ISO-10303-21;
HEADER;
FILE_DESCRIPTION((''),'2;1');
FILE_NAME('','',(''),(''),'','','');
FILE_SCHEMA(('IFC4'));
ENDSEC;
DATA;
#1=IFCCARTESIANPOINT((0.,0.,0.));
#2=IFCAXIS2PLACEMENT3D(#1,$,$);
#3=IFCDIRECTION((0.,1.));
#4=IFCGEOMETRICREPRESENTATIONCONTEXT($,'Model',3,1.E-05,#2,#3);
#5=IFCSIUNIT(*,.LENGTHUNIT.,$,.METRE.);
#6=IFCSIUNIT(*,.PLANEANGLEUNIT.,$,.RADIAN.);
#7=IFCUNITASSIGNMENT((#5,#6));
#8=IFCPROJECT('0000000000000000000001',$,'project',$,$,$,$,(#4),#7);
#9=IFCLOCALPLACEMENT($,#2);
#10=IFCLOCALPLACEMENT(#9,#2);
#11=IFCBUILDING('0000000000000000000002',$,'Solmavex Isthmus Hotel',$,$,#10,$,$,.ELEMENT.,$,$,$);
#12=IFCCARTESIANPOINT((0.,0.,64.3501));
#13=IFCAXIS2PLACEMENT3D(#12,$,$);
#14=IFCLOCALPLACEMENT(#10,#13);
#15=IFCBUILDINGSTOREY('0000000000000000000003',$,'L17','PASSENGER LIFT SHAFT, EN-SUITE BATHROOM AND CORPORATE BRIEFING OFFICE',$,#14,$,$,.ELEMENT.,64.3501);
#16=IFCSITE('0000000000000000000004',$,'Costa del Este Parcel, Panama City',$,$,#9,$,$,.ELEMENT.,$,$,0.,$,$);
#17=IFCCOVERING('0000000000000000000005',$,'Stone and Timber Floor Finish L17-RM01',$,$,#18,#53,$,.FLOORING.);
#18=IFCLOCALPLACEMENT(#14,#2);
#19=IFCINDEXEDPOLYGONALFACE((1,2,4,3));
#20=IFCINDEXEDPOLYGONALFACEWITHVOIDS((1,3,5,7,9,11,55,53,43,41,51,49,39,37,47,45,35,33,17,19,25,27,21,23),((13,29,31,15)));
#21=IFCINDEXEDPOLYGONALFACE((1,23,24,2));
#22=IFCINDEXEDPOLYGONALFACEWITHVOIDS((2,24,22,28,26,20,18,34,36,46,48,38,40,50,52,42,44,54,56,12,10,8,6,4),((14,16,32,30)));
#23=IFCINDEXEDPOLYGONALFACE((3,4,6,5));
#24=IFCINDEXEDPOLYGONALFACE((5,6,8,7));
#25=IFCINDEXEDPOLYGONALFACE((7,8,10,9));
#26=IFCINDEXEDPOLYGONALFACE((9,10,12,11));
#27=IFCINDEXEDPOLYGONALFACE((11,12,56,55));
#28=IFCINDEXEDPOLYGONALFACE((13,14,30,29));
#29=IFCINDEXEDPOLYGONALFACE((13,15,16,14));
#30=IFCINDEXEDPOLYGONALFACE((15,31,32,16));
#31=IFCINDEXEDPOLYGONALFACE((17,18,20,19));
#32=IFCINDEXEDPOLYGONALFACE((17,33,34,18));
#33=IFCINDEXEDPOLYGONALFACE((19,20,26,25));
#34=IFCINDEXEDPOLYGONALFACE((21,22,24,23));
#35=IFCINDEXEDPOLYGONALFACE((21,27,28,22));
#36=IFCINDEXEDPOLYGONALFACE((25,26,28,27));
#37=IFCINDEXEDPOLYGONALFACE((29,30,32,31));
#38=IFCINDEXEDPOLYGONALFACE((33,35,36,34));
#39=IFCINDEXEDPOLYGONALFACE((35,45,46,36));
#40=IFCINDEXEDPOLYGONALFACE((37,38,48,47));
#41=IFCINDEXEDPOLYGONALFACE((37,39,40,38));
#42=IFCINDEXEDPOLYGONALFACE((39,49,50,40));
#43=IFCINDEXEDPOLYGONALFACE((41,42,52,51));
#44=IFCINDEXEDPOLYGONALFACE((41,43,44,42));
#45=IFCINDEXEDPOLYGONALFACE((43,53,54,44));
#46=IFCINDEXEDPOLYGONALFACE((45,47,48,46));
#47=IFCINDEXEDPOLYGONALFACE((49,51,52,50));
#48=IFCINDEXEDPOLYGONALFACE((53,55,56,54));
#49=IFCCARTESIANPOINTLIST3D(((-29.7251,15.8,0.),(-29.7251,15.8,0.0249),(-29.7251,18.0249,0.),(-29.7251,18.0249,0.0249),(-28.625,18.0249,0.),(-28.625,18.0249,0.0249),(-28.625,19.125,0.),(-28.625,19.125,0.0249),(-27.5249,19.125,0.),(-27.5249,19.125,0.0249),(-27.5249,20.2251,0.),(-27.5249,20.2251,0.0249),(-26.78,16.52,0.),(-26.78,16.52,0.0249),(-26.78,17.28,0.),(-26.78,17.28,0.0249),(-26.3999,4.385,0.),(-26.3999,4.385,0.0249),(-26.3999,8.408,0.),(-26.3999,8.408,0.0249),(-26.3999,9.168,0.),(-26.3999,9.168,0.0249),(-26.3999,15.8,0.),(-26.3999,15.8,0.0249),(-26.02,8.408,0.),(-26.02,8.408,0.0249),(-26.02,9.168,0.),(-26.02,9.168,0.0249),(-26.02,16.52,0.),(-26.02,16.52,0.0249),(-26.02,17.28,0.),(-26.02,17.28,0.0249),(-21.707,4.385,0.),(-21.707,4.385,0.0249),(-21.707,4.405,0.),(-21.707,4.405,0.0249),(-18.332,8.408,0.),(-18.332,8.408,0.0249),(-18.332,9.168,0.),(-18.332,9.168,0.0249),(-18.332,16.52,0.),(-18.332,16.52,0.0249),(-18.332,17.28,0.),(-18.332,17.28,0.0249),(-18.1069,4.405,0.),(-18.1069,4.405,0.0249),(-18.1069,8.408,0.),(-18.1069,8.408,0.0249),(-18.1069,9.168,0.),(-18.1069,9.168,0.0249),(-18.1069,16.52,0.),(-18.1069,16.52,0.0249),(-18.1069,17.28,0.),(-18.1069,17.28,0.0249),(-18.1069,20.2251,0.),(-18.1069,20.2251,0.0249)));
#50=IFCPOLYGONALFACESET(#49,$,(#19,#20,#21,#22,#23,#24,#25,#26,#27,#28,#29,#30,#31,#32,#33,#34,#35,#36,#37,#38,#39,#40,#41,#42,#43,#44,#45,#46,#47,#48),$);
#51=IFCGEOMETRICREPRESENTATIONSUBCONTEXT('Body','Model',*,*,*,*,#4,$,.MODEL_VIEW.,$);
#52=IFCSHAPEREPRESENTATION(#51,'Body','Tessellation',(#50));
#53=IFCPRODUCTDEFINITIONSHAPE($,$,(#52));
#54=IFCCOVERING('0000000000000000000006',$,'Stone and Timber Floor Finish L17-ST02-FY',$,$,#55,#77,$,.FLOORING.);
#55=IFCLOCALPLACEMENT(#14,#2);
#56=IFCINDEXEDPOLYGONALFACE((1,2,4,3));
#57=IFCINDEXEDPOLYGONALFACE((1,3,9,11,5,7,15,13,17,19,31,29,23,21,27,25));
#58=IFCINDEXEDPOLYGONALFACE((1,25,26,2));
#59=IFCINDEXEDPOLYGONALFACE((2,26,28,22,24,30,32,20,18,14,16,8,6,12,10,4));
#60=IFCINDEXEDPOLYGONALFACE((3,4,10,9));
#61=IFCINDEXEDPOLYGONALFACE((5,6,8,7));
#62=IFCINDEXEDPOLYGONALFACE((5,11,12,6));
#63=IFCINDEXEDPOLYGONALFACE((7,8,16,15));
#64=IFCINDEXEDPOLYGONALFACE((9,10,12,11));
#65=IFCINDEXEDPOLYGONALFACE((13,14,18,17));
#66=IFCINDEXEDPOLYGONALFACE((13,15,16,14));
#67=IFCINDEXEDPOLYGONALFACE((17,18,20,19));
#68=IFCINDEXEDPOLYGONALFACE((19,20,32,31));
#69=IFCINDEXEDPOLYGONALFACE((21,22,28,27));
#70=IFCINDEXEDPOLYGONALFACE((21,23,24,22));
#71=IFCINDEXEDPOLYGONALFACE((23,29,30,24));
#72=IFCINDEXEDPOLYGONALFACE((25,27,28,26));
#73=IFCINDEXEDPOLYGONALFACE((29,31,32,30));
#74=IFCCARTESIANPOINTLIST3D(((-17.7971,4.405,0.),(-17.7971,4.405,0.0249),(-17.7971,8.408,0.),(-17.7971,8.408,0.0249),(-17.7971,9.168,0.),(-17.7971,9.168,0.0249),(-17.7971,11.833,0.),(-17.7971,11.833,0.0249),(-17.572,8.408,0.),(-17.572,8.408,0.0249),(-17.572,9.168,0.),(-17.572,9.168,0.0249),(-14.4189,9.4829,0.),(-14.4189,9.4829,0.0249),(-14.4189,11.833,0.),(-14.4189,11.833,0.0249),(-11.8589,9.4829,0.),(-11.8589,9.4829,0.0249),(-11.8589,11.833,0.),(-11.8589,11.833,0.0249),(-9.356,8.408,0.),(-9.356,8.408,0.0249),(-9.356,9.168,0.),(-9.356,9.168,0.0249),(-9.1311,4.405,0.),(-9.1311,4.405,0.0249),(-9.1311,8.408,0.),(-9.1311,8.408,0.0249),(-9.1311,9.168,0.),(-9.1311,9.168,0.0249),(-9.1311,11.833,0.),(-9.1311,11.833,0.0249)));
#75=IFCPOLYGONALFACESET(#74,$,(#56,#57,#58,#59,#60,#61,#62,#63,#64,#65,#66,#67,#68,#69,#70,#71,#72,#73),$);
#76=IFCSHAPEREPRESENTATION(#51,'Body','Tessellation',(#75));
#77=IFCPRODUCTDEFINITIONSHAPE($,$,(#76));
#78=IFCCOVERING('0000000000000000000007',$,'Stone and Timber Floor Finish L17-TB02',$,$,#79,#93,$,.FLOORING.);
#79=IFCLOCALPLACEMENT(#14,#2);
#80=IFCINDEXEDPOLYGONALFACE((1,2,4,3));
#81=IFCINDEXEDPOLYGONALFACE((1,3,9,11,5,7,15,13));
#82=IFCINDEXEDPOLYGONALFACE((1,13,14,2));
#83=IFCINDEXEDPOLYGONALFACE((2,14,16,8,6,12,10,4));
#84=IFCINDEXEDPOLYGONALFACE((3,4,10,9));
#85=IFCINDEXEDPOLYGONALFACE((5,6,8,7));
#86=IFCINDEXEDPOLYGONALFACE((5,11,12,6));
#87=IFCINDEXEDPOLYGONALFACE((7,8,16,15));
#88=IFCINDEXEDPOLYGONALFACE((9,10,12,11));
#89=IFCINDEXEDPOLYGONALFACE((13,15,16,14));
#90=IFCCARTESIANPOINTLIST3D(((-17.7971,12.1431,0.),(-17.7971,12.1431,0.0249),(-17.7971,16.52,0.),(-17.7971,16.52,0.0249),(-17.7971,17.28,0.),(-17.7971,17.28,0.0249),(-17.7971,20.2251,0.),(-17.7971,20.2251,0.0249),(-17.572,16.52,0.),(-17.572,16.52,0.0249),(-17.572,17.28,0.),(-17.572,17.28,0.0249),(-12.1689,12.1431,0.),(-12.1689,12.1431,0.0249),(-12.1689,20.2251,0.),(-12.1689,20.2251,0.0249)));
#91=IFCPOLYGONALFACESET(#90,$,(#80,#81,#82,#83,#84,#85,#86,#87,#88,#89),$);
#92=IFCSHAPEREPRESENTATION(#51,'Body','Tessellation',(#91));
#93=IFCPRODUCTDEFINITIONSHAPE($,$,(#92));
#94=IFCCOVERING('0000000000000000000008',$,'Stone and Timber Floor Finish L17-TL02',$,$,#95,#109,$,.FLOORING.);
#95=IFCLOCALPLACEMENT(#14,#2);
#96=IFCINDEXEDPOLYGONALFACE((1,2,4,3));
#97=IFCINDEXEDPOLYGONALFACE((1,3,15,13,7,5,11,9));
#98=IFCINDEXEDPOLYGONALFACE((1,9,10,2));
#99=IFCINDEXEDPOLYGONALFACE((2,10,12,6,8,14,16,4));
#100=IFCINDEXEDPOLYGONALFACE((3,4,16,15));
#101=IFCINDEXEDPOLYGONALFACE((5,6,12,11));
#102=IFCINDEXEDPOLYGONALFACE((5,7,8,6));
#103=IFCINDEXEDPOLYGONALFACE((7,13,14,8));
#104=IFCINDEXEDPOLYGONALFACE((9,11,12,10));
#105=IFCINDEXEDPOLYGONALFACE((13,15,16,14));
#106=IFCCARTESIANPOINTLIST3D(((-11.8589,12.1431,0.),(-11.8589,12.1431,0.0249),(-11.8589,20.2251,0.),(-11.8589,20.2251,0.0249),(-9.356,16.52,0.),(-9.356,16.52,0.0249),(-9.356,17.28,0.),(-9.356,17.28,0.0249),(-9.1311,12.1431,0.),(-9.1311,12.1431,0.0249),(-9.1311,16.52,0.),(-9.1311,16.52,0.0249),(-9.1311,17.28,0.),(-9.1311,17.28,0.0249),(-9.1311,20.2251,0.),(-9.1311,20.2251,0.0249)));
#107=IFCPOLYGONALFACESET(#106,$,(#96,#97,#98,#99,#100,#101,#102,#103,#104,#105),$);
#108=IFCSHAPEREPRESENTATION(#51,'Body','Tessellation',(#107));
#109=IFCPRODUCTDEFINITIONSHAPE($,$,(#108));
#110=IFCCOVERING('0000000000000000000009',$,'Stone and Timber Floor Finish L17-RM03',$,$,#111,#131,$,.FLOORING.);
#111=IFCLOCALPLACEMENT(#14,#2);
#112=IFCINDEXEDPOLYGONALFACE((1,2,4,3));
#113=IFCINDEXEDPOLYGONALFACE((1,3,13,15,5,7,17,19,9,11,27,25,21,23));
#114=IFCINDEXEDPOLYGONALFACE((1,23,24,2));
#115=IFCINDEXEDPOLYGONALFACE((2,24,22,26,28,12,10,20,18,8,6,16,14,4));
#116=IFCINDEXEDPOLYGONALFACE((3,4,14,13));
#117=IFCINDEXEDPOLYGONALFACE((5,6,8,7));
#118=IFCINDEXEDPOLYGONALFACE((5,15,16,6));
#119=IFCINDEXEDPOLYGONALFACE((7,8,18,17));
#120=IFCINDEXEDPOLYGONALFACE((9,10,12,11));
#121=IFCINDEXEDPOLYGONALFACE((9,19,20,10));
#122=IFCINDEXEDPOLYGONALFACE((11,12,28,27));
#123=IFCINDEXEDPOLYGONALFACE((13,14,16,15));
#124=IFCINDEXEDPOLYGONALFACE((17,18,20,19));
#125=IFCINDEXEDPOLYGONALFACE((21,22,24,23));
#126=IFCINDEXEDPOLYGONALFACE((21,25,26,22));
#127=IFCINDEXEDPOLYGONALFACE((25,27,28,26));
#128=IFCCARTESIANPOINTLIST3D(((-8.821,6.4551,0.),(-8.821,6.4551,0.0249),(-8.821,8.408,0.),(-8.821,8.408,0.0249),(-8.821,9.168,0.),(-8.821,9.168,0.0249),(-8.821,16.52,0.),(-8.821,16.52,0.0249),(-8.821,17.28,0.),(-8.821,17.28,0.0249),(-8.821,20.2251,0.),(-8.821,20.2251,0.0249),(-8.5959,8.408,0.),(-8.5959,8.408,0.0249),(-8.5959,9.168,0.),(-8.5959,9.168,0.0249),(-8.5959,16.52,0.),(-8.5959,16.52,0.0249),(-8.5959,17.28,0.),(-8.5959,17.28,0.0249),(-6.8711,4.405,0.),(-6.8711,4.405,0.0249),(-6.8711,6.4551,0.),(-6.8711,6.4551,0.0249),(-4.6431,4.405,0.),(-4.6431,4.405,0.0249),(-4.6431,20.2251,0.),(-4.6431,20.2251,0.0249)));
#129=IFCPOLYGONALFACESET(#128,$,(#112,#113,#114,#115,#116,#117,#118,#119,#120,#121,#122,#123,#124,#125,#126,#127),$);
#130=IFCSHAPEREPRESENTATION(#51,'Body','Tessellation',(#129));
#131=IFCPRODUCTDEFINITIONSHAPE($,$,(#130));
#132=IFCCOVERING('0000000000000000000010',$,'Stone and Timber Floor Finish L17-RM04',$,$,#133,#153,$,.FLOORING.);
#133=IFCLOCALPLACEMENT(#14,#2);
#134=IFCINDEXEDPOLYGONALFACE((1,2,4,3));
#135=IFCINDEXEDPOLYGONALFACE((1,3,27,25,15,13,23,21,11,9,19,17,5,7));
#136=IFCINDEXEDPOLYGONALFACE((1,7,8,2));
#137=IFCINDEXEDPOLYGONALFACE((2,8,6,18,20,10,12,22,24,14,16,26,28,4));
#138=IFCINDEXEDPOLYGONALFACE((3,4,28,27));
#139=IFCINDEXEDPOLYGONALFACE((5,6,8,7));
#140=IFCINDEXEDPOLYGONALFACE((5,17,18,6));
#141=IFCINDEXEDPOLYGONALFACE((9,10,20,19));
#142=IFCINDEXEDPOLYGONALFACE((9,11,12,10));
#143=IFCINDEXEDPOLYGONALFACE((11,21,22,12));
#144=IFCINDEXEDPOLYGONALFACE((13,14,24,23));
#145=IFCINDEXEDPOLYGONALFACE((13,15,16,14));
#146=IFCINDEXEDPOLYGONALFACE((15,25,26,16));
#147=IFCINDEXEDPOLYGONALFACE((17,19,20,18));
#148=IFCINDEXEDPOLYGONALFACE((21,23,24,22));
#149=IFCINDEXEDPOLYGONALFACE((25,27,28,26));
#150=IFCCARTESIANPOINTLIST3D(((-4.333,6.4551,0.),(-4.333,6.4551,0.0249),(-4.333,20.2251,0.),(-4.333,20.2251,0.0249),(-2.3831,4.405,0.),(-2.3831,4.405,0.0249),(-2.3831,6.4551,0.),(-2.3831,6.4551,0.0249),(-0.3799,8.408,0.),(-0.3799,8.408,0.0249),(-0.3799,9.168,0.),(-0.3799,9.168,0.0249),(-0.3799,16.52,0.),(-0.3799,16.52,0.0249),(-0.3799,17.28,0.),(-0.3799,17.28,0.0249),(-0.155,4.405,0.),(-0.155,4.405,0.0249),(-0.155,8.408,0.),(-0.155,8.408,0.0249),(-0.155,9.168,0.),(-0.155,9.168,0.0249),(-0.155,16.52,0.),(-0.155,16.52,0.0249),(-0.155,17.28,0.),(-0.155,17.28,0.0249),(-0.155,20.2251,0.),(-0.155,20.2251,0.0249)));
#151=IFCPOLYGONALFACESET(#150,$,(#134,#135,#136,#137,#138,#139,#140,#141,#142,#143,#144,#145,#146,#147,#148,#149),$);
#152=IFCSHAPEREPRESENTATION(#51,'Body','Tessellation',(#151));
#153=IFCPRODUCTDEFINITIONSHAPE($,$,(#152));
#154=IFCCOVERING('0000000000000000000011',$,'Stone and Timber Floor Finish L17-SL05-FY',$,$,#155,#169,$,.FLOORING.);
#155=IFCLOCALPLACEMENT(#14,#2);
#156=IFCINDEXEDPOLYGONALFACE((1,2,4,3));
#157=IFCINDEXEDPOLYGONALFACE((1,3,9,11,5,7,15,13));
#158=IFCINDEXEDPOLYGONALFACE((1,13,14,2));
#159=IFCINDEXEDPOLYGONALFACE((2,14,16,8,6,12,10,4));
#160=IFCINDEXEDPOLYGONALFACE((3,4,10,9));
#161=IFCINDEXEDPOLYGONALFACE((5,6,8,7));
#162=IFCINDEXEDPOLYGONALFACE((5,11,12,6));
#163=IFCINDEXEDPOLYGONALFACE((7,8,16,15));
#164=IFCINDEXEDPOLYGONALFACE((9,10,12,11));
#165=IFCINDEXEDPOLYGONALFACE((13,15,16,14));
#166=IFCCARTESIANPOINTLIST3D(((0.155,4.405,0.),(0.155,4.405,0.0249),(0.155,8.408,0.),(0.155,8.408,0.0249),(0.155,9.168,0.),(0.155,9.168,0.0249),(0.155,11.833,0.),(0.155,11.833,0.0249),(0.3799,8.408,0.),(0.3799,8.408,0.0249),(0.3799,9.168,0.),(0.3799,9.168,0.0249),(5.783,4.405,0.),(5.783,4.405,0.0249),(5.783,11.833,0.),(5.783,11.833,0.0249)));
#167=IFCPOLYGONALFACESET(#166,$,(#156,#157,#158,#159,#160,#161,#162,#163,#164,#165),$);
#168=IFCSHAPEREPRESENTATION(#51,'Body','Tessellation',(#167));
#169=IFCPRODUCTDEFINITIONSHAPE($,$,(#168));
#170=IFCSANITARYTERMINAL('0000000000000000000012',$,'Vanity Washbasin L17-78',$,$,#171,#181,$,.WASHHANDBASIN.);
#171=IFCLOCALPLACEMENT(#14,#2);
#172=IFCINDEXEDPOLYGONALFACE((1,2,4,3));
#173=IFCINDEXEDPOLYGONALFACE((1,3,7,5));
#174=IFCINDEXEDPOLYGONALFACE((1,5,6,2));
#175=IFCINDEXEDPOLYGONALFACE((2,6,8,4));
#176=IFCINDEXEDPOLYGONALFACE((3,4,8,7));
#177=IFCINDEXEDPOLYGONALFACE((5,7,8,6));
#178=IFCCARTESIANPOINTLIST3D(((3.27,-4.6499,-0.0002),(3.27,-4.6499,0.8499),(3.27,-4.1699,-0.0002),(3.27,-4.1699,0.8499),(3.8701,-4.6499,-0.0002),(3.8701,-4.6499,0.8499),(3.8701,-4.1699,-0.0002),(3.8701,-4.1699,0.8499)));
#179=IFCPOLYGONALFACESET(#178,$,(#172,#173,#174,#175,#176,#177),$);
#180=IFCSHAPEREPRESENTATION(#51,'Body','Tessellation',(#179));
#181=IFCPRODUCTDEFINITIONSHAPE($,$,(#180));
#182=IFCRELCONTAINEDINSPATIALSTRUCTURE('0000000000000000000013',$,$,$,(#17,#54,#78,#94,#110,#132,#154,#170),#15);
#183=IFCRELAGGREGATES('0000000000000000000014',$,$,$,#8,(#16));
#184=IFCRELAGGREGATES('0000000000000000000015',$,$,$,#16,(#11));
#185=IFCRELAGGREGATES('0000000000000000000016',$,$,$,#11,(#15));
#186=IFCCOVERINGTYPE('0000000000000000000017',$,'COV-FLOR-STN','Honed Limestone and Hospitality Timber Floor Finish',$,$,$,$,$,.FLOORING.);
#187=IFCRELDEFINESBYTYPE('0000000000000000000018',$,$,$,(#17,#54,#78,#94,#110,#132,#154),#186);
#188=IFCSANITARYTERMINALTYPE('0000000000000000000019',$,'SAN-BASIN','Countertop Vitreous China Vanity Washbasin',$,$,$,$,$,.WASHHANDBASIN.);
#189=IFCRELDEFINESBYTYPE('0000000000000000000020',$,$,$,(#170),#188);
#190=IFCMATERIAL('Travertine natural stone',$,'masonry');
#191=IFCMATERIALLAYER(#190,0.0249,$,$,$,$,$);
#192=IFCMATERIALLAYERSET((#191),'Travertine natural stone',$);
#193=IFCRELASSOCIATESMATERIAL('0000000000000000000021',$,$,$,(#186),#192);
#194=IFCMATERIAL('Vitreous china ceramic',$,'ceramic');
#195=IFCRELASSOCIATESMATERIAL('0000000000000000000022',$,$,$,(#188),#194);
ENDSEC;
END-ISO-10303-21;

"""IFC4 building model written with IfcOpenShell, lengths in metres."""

from ifc_helpers import new_model, si_unit, direction, frame, origin, origin_2d, place, context, subcontext, project, spatial, polyline, rectangle, outline, extrude, material, layer, layer_set, type_object, element, save


model = new_model("IFC4")

# Units and contexts
model_context = context("Model", 3, precision=1e-05, world=origin(), true_north=direction((0.0, 1.0)))
body_context = subcontext(model_context, "Body", "Model", "MODEL_VIEW")
ifc_project = project(units=[si_unit("LENGTHUNIT", "METRE"), si_unit("PLANEANGLEUNIT", "RADIAN")], contexts=[model_context])

# Site, building, storey
site_placement = place(None, origin())
site = spatial("IfcSite", under=ifc_project, at=site_placement, Name="Costa del Este Parcel, Panama City", CompositionType="ELEMENT", RefElevation=0.0)
building_placement = place(site_placement, origin())
building = spatial("IfcBuilding", under=site, at=building_placement, Name="Solmavex Isthmus Hotel", CompositionType="ELEMENT")
storey_placement = place(building_placement, frame((0.0, 0.0, 64.3501)))
storey = spatial("IfcBuildingStorey", under=building, at=storey_placement, Name="L17", Description="PASSENGER LIFT SHAFT, EN-SUITE BATHROOM AND CORPORATE BRIEFING OFFICE", CompositionType="ELEMENT", Elevation=64.3501)

# Coverings
ifc_material_1 = material(Name="Travertine natural stone", Category="masonry")
ifc_layer_1 = layer(ifc_material_1, 0.0249)
ifc_layer_set_1 = layer_set([ifc_layer_1], Name="Travertine natural stone")
covering_type_1 = type_object("IfcCoveringType", Name="COV-FLOR-STN", Description="Honed Limestone and Hospitality Timber Floor Finish", PredefinedType="FLOORING", material=ifc_layer_set_1)
covering_1_placement = place(storey_placement, origin())
element("IfcCovering", 1, at=covering_1_placement, inside=storey, type_object=covering_type_1, Name="Stone and Timber Floor Finish L17-RM01", PredefinedType="FLOORING", context=body_context, shape_type="SweptSolid", body=[
    extrude(outline(polyline([(-21.707, 4.385), (-21.707, 4.405), (-18.1069, 4.405), (-18.1069, 8.408), (-18.332, 8.408), (-18.332, 9.168), (-18.1069, 9.168), (-18.1069, 16.52), (-18.332, 16.52), (-18.332, 17.28), (-18.1069, 17.28), (-18.1069, 20.2251), (-27.5249, 20.2251), (-27.5249, 19.125), (-28.625, 19.125), (-28.625, 18.0249), (-29.7251, 18.0249), (-29.7251, 15.8), (-26.3999, 15.8), (-26.3999, 9.168), (-26.02, 9.168), (-26.02, 8.408), (-26.3999, 8.408), (-26.3999, 4.385), (-21.707, 4.385)]), holes=[polyline([(-26.78, 17.28), (-26.02, 17.28), (-26.02, 16.52), (-26.78, 16.52), (-26.78, 17.28)])]), origin(), (0.0, 0.0, 1.0), 0.0249),
])
covering_2_placement = place(storey_placement, origin())
element("IfcCovering", 2, at=covering_2_placement, inside=storey, type_object=covering_type_1, Name="Stone and Timber Floor Finish L17-ST02-FY", PredefinedType="FLOORING", context=body_context, shape_type="SweptSolid", body=[
    extrude(outline(polyline([(-17.7971, 9.168), (-17.572, 9.168), (-17.572, 8.408), (-17.7971, 8.408), (-17.7971, 4.405), (-9.1311, 4.405), (-9.1311, 8.408), (-9.356, 8.408), (-9.356, 9.168), (-9.1311, 9.168), (-9.1311, 11.833), (-11.8589, 11.833), (-11.8589, 9.4829), (-14.4189, 9.4829), (-14.4189, 11.833), (-17.7971, 11.833), (-17.7971, 9.168)])), origin(), (0.0, 0.0, 1.0), 0.0249),
])
covering_3_placement = place(storey_placement, origin())
element("IfcCovering", 3, at=covering_3_placement, inside=storey, type_object=covering_type_1, Name="Stone and Timber Floor Finish L17-TB02", PredefinedType="FLOORING", context=body_context, shape_type="SweptSolid", body=[
    extrude(outline(polyline([(-17.7971, 17.28), (-17.572, 17.28), (-17.572, 16.52), (-17.7971, 16.52), (-17.7971, 12.1431), (-12.1689, 12.1431), (-12.1689, 20.2251), (-17.7971, 20.2251), (-17.7971, 17.28)])), origin(), (0.0, 0.0, 1.0), 0.0249),
])
covering_4_placement = place(storey_placement, origin())
element("IfcCovering", 4, at=covering_4_placement, inside=storey, type_object=covering_type_1, Name="Stone and Timber Floor Finish L17-TL02", PredefinedType="FLOORING", context=body_context, shape_type="SweptSolid", body=[
    extrude(outline(polyline([(-9.1311, 16.52), (-9.356, 16.52), (-9.356, 17.28), (-9.1311, 17.28), (-9.1311, 20.2251), (-11.8589, 20.2251), (-11.8589, 12.1431), (-9.1311, 12.1431), (-9.1311, 16.52)])), origin(), (0.0, 0.0, 1.0), 0.0249),
])
covering_5_placement = place(storey_placement, origin())
element("IfcCovering", 5, at=covering_5_placement, inside=storey, type_object=covering_type_1, Name="Stone and Timber Floor Finish L17-RM03", PredefinedType="FLOORING", context=body_context, shape_type="SweptSolid", body=[
    extrude(outline(polyline([(-8.821, 9.168), (-8.5959, 9.168), (-8.5959, 8.408), (-8.821, 8.408), (-8.821, 6.4551), (-6.8711, 6.4551), (-6.8711, 4.405), (-4.6431, 4.405), (-4.6431, 20.2251), (-8.821, 20.2251), (-8.821, 17.28), (-8.5959, 17.28), (-8.5959, 16.52), (-8.821, 16.52), (-8.821, 9.168)])), origin(), (0.0, 0.0, 1.0), 0.0249),
])
covering_6_placement = place(storey_placement, origin())
element("IfcCovering", 6, at=covering_6_placement, inside=storey, type_object=covering_type_1, Name="Stone and Timber Floor Finish L17-RM04", PredefinedType="FLOORING", context=body_context, shape_type="SweptSolid", body=[
    extrude(outline(polyline([(-0.155, 16.52), (-0.3799, 16.52), (-0.3799, 17.28), (-0.155, 17.28), (-0.155, 20.2251), (-4.333, 20.2251), (-4.333, 6.4551), (-2.3831, 6.4551), (-2.3831, 4.405), (-0.155, 4.405), (-0.155, 8.408), (-0.3799, 8.408), (-0.3799, 9.168), (-0.155, 9.168), (-0.155, 16.52)])), origin(), (0.0, 0.0, 1.0), 0.0249),
])
covering_7_placement = place(storey_placement, origin())
element("IfcCovering", 7, at=covering_7_placement, inside=storey, type_object=covering_type_1, Name="Stone and Timber Floor Finish L17-SL05-FY", PredefinedType="FLOORING", context=body_context, shape_type="SweptSolid", body=[
    extrude(outline(polyline([(0.155, 9.168), (0.3799, 9.168), (0.3799, 8.408), (0.155, 8.408), (0.155, 4.405), (5.783, 4.405), (5.783, 11.833), (0.155, 11.833), (0.155, 9.168)])), origin(), (0.0, 0.0, 1.0), 0.0249),
])

# Sanitary terminal
ifc_material_2 = material(Name="Vitreous china ceramic", Category="ceramic")
sanitary_terminal_type_1 = type_object("IfcSanitaryTerminalType", Name="SAN-BASIN", Description="Countertop Vitreous China Vanity Washbasin", PredefinedType="WASHHANDBASIN", material=ifc_material_2)
sanitary_terminal_1_placement = place(storey_placement, frame((3.5701, -4.4099, -0.0002), z_axis=(0.0, 0.0, 1.0), x_axis=(1.0, 0.0, 0.0)))
element("IfcSanitaryTerminal", 8, at=sanitary_terminal_1_placement, inside=storey, type_object=sanitary_terminal_type_1, Name="Vanity Washbasin L17-78", PredefinedType="WASHHANDBASIN", context=body_context, shape_type="SweptSolid", body=[
    extrude(rectangle(XDim=0.6001, YDim=0.48, at=origin_2d()), origin(), (0.0, 0.0, 1.0), 0.8501),
])

save(model, "model.ifc")
